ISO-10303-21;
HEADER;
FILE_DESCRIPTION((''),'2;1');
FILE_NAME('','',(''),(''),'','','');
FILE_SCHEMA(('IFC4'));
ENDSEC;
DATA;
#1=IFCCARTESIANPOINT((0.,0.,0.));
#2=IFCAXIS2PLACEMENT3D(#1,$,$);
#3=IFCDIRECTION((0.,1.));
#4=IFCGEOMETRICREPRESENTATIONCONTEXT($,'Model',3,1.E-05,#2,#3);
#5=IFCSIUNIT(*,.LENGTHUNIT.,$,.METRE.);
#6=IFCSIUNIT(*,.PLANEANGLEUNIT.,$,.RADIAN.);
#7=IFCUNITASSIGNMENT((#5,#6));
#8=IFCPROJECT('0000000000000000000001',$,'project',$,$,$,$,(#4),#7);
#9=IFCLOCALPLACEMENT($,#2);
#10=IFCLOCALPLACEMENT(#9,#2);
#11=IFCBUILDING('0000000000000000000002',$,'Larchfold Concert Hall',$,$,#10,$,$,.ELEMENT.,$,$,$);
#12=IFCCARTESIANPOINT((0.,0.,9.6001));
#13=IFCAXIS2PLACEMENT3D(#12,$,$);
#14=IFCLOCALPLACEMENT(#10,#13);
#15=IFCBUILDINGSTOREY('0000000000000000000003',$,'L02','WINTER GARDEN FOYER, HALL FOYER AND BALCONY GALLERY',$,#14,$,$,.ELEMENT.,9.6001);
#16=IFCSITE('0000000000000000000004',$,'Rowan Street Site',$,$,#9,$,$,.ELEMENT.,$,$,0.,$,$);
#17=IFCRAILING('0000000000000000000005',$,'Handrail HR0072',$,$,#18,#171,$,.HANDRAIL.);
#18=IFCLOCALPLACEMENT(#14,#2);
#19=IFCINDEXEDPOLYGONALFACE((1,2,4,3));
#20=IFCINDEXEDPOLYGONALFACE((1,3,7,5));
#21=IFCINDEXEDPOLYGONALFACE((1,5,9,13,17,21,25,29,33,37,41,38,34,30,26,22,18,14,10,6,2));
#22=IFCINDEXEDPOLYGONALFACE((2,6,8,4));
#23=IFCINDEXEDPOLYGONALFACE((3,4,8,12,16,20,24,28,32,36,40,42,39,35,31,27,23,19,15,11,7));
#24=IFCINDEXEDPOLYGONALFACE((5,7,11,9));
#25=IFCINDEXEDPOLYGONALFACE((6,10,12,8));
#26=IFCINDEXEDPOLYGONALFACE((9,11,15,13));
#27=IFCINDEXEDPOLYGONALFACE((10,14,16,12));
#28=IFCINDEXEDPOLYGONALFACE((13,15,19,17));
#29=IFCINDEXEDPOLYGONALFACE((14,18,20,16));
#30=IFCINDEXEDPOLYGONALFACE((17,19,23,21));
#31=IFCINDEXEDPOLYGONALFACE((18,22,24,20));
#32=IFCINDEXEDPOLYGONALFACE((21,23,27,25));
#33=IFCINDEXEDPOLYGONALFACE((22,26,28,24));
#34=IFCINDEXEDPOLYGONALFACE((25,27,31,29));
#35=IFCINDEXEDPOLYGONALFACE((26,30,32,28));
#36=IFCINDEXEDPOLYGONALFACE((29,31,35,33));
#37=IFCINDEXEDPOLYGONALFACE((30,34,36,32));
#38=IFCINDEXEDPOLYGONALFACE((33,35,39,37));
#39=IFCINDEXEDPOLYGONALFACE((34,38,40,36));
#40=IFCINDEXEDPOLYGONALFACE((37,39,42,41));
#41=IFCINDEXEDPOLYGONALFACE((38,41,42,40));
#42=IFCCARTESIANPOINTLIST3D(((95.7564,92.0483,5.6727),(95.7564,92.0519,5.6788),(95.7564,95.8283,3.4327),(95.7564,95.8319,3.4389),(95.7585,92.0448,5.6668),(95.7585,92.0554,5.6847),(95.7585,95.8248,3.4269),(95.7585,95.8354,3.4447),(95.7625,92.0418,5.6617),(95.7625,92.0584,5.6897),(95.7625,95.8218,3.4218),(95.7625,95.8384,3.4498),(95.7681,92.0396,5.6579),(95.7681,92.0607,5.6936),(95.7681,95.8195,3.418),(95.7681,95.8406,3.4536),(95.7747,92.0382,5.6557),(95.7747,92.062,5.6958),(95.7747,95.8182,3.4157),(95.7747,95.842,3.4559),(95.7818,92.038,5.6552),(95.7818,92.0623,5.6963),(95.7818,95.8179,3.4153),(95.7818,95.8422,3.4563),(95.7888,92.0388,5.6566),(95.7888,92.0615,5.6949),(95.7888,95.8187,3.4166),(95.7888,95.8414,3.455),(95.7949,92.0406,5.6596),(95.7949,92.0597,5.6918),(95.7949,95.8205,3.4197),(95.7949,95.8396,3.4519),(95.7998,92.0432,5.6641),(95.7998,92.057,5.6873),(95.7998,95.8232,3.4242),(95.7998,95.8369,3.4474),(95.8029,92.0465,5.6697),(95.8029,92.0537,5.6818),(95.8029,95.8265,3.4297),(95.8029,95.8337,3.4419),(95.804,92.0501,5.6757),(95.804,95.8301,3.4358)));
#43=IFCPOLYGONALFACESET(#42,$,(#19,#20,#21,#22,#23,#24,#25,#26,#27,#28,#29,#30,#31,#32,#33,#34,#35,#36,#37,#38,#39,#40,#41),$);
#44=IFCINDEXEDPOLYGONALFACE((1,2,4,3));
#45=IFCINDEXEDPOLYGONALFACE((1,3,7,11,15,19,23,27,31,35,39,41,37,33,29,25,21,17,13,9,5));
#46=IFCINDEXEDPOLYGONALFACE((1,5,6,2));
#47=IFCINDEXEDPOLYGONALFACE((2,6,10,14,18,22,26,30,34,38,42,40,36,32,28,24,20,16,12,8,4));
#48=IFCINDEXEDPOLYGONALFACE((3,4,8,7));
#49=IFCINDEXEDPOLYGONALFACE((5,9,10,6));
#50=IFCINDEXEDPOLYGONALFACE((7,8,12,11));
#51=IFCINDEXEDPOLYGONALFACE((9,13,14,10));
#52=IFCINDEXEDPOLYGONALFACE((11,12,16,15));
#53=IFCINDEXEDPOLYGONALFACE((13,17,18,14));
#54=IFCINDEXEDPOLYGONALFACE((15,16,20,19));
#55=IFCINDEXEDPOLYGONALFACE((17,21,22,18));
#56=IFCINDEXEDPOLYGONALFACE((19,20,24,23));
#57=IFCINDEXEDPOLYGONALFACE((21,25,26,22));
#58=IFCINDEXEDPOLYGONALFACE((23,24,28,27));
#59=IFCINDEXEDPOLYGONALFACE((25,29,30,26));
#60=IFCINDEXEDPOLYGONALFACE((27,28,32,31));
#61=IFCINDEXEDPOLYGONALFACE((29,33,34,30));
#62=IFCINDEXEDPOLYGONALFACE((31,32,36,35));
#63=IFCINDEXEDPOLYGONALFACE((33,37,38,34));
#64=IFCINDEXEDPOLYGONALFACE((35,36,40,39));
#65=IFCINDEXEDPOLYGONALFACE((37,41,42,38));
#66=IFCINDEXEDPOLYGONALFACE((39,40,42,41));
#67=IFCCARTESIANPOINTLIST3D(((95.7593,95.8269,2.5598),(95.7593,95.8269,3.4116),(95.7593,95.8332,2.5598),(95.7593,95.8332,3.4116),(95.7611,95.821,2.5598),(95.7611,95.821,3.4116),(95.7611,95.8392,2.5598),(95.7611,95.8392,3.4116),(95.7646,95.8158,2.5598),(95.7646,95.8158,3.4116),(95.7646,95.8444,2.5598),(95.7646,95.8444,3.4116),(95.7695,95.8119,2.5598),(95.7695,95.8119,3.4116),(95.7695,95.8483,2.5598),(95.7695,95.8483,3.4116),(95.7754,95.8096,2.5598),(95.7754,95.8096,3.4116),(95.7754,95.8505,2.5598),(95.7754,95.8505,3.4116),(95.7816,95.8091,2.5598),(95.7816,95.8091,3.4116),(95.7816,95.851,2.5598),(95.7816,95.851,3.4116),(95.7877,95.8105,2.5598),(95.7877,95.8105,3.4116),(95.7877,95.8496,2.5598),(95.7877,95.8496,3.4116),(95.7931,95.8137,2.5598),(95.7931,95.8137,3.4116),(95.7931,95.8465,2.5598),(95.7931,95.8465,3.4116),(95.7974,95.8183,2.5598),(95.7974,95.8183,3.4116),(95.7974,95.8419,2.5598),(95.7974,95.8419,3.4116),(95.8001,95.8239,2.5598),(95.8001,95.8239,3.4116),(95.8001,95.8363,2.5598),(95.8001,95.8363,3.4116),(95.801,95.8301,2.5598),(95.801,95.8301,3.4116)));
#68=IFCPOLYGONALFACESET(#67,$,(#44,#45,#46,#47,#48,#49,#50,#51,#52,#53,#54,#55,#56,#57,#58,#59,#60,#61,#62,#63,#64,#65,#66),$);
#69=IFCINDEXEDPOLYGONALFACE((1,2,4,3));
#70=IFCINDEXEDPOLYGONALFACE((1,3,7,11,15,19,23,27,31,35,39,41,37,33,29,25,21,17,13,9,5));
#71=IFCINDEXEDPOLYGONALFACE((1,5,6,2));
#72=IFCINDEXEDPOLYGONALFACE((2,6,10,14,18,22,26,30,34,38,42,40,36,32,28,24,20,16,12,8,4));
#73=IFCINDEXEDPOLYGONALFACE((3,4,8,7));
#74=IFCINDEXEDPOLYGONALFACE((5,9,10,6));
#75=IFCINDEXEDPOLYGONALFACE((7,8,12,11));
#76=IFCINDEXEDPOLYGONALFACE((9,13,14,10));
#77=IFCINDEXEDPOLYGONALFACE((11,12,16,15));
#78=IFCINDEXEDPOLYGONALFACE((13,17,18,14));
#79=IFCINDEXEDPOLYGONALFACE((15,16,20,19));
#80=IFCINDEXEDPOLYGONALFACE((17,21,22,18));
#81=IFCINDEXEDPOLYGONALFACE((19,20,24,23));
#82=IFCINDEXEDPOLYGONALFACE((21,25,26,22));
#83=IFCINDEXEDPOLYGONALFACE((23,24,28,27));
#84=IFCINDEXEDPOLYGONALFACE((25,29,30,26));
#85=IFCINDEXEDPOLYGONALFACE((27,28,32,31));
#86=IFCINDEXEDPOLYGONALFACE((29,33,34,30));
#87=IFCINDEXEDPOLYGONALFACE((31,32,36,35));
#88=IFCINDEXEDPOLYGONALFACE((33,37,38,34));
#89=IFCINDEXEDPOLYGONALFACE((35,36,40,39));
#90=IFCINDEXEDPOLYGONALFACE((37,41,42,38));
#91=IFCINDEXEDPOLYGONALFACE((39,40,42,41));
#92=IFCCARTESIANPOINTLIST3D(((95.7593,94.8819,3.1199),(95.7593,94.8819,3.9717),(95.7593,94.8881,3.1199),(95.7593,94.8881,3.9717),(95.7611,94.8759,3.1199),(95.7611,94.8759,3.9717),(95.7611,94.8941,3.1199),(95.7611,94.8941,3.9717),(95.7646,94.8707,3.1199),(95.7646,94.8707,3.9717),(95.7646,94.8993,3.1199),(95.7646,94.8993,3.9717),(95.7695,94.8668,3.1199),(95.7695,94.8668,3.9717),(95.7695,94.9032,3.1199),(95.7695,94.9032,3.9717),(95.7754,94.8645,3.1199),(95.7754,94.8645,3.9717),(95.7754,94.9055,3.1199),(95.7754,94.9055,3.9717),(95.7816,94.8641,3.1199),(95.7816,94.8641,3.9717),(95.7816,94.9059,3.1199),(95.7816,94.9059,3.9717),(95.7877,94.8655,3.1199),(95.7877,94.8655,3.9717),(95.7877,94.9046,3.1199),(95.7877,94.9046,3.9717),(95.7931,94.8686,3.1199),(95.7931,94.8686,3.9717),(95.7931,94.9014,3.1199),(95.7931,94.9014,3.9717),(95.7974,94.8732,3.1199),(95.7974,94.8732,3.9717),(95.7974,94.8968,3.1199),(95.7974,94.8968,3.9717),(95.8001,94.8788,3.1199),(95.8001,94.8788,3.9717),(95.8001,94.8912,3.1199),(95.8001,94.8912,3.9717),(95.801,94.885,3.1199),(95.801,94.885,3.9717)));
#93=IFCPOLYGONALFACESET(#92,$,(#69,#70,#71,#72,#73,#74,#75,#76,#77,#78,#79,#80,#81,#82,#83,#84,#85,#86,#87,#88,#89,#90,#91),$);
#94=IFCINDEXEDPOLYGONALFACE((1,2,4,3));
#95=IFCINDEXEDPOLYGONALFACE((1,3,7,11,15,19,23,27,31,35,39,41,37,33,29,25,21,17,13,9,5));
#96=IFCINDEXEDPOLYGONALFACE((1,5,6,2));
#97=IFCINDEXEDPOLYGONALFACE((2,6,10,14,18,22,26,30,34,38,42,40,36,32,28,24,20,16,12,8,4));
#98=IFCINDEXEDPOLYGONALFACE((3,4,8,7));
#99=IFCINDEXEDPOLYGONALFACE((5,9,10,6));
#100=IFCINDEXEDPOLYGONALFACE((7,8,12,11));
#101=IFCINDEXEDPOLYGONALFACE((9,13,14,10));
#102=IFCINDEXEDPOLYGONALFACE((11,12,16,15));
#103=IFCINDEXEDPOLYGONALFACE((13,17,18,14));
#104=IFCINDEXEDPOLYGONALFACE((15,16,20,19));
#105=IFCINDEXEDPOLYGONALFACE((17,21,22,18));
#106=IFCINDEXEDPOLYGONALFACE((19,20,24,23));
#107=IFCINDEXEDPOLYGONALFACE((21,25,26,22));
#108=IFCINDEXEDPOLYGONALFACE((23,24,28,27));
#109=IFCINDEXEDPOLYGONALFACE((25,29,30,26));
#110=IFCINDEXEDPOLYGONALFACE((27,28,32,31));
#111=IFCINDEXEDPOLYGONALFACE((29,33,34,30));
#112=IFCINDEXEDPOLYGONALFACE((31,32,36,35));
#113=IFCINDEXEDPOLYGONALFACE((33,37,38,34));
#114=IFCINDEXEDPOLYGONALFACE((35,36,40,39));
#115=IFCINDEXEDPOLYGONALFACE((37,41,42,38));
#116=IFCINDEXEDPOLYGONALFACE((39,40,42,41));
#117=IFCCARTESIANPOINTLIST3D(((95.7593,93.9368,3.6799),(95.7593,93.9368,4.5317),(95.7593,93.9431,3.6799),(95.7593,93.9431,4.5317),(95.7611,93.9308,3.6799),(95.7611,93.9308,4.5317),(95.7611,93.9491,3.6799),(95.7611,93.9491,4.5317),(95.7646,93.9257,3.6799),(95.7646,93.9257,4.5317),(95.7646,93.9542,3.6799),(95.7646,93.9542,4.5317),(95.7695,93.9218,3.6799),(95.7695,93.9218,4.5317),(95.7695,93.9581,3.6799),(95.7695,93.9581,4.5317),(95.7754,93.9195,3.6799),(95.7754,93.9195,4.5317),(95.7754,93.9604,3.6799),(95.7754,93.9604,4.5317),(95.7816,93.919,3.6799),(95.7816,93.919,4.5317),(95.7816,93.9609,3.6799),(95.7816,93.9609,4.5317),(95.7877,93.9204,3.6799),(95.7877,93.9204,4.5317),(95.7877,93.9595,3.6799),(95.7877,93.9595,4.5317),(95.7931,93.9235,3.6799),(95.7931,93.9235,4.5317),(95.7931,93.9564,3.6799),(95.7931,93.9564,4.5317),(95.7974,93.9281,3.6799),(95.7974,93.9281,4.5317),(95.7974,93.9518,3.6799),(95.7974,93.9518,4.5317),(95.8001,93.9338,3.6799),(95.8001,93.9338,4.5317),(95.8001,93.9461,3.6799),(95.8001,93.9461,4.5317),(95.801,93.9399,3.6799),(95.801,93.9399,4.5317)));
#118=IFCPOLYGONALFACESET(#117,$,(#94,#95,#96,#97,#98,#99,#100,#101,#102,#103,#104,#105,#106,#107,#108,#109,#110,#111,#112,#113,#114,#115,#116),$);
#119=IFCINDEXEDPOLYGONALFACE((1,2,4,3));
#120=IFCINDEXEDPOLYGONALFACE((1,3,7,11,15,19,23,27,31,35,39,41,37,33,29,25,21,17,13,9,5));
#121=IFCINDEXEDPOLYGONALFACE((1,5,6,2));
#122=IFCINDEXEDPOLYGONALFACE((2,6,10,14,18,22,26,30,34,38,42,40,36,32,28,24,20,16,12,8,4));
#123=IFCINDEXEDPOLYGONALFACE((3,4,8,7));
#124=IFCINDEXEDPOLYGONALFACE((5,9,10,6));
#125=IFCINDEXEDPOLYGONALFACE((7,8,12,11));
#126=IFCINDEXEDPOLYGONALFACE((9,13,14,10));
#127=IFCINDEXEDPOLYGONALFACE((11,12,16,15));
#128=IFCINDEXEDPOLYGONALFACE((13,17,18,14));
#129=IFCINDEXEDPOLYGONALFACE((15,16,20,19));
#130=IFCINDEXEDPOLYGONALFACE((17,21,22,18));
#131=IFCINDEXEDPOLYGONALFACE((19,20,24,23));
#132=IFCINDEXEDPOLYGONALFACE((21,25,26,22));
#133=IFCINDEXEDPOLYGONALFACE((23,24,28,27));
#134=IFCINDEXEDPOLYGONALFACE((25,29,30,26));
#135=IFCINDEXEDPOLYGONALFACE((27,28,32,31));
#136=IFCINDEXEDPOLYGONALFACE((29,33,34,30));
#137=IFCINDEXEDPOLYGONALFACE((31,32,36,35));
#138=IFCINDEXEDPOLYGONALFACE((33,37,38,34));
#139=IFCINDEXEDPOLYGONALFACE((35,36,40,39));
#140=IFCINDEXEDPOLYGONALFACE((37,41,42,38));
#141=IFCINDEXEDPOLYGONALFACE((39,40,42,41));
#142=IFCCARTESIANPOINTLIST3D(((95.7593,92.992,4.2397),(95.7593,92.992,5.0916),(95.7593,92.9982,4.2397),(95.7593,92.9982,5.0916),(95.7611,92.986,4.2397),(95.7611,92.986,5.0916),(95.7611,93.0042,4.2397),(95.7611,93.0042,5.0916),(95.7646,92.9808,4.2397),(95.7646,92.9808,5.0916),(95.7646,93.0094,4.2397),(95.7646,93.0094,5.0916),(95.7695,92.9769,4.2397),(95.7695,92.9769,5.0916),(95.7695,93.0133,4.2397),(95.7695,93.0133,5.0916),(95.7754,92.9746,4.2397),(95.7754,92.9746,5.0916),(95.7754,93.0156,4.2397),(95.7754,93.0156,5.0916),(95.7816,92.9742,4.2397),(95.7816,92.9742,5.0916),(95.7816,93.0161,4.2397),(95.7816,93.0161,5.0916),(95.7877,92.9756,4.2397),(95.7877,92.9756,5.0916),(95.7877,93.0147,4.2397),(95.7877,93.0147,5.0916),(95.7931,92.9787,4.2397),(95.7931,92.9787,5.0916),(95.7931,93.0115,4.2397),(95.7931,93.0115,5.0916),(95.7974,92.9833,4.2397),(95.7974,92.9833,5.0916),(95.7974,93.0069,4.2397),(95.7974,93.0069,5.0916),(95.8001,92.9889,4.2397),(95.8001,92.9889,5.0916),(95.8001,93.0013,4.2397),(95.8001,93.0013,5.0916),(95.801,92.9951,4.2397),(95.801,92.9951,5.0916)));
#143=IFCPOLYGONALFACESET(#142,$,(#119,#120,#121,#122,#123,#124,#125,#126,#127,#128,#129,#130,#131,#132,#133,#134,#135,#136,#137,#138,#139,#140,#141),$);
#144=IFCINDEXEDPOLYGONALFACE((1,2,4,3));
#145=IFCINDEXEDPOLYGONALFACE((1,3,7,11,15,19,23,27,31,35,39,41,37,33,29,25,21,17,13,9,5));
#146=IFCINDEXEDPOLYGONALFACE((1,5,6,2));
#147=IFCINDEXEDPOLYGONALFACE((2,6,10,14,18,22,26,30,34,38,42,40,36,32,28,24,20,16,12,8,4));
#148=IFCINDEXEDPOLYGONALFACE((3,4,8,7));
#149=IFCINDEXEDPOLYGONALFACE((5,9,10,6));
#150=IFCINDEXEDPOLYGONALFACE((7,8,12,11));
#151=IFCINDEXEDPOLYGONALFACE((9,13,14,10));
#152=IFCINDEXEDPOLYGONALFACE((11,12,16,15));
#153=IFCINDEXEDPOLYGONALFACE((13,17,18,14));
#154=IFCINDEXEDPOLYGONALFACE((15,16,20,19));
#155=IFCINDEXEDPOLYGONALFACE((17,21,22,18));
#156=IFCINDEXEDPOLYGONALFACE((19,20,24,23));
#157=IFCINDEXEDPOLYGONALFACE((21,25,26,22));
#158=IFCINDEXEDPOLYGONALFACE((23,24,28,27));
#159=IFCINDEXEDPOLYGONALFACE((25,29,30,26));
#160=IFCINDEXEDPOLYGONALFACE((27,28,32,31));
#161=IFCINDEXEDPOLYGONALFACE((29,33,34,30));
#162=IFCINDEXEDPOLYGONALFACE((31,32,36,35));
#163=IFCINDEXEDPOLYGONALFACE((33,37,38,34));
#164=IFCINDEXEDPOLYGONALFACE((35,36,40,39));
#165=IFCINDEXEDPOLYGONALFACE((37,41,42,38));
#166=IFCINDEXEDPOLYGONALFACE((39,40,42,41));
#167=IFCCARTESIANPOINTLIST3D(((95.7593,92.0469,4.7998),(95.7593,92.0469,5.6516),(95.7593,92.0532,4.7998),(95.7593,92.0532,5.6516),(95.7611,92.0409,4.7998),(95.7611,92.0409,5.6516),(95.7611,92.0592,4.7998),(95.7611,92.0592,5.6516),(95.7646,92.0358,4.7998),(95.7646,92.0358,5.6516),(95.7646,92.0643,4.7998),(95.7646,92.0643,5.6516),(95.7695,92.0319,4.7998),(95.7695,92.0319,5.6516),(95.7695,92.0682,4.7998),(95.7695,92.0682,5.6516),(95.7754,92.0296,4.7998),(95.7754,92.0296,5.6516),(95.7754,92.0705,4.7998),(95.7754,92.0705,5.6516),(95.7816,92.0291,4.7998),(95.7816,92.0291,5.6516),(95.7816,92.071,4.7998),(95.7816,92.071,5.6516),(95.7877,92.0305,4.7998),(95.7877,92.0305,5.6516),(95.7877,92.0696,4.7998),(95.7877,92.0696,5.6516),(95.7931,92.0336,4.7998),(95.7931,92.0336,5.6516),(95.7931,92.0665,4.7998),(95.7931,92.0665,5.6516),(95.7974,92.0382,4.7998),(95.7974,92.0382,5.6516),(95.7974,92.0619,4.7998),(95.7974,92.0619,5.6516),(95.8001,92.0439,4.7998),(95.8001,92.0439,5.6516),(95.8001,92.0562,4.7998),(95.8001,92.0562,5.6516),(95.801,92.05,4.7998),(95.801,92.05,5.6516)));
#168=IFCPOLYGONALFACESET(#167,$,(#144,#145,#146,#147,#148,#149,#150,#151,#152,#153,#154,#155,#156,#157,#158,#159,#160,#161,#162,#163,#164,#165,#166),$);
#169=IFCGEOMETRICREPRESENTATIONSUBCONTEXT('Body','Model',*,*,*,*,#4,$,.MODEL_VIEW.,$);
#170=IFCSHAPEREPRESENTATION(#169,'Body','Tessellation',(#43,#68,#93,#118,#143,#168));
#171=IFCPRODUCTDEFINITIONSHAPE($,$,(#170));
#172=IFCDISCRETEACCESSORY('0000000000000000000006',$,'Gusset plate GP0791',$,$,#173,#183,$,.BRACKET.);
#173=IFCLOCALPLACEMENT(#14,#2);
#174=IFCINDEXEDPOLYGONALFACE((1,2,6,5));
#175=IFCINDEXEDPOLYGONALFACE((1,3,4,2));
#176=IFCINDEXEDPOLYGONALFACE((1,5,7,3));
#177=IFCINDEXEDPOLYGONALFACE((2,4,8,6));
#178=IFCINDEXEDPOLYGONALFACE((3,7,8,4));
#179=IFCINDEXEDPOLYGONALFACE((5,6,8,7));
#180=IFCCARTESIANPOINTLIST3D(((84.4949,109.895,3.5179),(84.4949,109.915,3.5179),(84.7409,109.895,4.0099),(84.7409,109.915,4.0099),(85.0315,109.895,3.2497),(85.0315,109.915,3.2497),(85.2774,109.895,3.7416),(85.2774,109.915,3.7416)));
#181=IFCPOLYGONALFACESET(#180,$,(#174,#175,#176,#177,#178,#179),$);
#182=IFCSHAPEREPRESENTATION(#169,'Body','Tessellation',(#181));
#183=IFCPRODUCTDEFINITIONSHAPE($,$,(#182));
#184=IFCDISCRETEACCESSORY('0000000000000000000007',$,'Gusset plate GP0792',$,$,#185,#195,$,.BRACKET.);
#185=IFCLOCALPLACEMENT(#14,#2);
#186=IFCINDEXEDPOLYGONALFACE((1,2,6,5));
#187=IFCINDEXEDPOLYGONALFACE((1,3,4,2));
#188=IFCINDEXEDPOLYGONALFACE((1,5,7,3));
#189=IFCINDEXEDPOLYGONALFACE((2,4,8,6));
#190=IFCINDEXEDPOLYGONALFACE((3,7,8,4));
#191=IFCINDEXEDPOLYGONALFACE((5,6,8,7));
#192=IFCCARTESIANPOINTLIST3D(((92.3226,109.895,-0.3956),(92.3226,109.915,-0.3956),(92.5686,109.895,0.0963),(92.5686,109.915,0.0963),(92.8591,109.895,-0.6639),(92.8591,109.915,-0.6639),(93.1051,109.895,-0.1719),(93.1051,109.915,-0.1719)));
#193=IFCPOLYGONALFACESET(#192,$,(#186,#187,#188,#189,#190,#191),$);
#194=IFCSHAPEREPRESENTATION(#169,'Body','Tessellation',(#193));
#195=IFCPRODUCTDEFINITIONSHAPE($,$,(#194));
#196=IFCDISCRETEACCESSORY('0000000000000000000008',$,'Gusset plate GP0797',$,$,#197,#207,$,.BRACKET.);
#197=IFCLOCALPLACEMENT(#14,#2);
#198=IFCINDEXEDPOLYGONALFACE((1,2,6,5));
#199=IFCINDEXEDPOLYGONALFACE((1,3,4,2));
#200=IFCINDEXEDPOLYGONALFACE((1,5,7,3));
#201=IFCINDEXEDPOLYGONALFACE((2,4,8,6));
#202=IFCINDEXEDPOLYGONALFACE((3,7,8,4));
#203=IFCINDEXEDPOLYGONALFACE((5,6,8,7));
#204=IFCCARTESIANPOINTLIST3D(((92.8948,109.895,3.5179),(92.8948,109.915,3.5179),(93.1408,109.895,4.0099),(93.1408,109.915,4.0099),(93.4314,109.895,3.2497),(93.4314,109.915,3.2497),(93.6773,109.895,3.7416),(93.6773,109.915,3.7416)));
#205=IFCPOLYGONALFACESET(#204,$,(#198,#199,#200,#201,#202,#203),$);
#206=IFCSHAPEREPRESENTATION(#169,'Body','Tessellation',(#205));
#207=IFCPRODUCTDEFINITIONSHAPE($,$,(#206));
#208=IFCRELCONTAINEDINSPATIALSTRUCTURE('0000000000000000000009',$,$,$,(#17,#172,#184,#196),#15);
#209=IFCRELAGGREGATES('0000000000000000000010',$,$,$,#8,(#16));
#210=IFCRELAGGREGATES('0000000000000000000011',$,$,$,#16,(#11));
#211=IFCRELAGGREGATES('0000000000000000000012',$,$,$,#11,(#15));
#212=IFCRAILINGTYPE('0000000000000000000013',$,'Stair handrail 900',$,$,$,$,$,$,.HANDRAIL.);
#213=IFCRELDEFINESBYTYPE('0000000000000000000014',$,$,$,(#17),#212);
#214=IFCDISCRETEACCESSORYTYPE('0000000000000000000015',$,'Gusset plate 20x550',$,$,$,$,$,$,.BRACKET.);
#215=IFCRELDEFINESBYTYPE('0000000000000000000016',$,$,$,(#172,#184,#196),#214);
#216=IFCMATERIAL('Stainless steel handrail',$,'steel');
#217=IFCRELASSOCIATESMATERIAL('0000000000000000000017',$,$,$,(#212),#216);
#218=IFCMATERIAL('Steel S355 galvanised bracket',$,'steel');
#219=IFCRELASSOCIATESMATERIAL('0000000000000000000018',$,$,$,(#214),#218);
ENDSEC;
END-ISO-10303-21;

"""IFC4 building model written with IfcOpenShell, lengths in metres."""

from ifc_helpers import new_model, si_unit, direction, frame, origin, origin_2d, place, context, subcontext, project, spatial, rectangle, circle, extrude, material, material_profile, profile_set, type_object, element, save


model = new_model("IFC4")

# Units and contexts
model_context = context("Model", 3, precision=1e-05, world=origin(), true_north=direction((0.0, 1.0)))
body_context = subcontext(model_context, "Body", "Model", "MODEL_VIEW")
ifc_project = project(units=[si_unit("LENGTHUNIT", "METRE"), si_unit("PLANEANGLEUNIT", "RADIAN")], contexts=[model_context])

# Site, building, storey
site_placement = place(None, origin())
site = spatial("IfcSite", under=ifc_project, at=site_placement, Name="Rowan Street Site", CompositionType="ELEMENT", RefElevation=0.0)
building_placement = place(site_placement, origin())
building = spatial("IfcBuilding", under=site, at=building_placement, Name="Larchfold Concert Hall", CompositionType="ELEMENT")
storey_placement = place(building_placement, frame((0.0, 0.0, 9.6001)))
storey = spatial("IfcBuildingStorey", under=building, at=storey_placement, Name="L02", Description="WINTER GARDEN FOYER, HALL FOYER AND BALCONY GALLERY", CompositionType="ELEMENT", Elevation=9.6001)

# Railing
ifc_material_1 = material(Name="Stainless steel handrail", Category="steel")
railing_type_1 = type_object("IfcRailingType", Name="Stair handrail 900", PredefinedType="HANDRAIL", material=ifc_material_1)
railing_1_placement = place(storey_placement, frame((95.78, 95.8301, 2.5598)))
element("IfcRailing", 1, at=railing_1_placement, inside=storey, type_object=railing_type_1, Name="Handrail HR0072", PredefinedType="HANDRAIL", context=body_context, shape_type="SweptSolid", body=[
    extrude(circle(Radius=0.0239, at=origin_2d()), frame((0.0, 0.0, 0.876), z_axis=(0.0, -0.860294, 0.509798), x_axis=(1.0, 0.0, 0.0)), (0.0, 0.0, 1.0), 4.3938),
    extrude(circle(Radius=0.021, at=origin_2d()), origin(), (0.0, 0.0, 1.0), 0.8518),
    extrude(circle(Radius=0.021, at=origin_2d()), frame((0.0, -0.9451, 0.5601)), (0.0, 0.0, 1.0), 0.8518),
    extrude(circle(Radius=0.021, at=origin_2d()), frame((0.0, -1.8901, 1.1201)), (0.0, 0.0, 1.0), 0.8518),
    extrude(circle(Radius=0.021, at=origin_2d()), frame((0.0, -2.835, 1.6799)), (0.0, 0.0, 1.0), 0.8518),
    extrude(circle(Radius=0.021, at=origin_2d()), frame((0.0, -3.78, 2.24)), (0.0, 0.0, 1.0), 0.8518),
])

# Discrete accessories
ifc_material_2 = material(Name="Steel S355 galvanised bracket", Category="steel")
ifc_material_profile_1 = material_profile(ifc_material_2, rectangle(XDim=0.02, YDim=0.55, at=origin_2d()))
ifc_profile_set_1 = profile_set([ifc_material_profile_1], Name="Steel S355 galvanised bracket")
discrete_accessory_type = type_object("IfcDiscreteAccessoryType", Name="Gusset plate 20x550", PredefinedType="BRACKET", material=ifc_profile_set_1)
for number, where, z_axis, x_axis, name in (
    (2, (84.6179, 109.905, 3.7639), (0.894427, 0.0, -0.447214), (0.0, 1.0, 0.0), "Gusset plate GP0791"),
    (3, (92.4456, 109.905, -0.1497), (0.894427, 0.0, -0.447214), (0.0, 1.0, 0.0), "Gusset plate GP0792"),
    (4, (93.0178, 109.905, 3.7639), (0.894427, 0.0, -0.447214), (0.0, 1.0, 0.0), "Gusset plate GP0797"),
):
    element("IfcDiscreteAccessory", number, at=place(storey_placement, frame(where, z_axis=z_axis, x_axis=x_axis)), inside=storey, type_object=discrete_accessory_type, Name=name, PredefinedType="BRACKET", context=body_context, shape_type="SweptSolid", body=[
        extrude(rectangle(XDim=0.02, YDim=0.55, at=origin_2d()), origin(), (0.0, 0.0, 1.0), 0.5999),
    ])

save(model, "model.ifc")
